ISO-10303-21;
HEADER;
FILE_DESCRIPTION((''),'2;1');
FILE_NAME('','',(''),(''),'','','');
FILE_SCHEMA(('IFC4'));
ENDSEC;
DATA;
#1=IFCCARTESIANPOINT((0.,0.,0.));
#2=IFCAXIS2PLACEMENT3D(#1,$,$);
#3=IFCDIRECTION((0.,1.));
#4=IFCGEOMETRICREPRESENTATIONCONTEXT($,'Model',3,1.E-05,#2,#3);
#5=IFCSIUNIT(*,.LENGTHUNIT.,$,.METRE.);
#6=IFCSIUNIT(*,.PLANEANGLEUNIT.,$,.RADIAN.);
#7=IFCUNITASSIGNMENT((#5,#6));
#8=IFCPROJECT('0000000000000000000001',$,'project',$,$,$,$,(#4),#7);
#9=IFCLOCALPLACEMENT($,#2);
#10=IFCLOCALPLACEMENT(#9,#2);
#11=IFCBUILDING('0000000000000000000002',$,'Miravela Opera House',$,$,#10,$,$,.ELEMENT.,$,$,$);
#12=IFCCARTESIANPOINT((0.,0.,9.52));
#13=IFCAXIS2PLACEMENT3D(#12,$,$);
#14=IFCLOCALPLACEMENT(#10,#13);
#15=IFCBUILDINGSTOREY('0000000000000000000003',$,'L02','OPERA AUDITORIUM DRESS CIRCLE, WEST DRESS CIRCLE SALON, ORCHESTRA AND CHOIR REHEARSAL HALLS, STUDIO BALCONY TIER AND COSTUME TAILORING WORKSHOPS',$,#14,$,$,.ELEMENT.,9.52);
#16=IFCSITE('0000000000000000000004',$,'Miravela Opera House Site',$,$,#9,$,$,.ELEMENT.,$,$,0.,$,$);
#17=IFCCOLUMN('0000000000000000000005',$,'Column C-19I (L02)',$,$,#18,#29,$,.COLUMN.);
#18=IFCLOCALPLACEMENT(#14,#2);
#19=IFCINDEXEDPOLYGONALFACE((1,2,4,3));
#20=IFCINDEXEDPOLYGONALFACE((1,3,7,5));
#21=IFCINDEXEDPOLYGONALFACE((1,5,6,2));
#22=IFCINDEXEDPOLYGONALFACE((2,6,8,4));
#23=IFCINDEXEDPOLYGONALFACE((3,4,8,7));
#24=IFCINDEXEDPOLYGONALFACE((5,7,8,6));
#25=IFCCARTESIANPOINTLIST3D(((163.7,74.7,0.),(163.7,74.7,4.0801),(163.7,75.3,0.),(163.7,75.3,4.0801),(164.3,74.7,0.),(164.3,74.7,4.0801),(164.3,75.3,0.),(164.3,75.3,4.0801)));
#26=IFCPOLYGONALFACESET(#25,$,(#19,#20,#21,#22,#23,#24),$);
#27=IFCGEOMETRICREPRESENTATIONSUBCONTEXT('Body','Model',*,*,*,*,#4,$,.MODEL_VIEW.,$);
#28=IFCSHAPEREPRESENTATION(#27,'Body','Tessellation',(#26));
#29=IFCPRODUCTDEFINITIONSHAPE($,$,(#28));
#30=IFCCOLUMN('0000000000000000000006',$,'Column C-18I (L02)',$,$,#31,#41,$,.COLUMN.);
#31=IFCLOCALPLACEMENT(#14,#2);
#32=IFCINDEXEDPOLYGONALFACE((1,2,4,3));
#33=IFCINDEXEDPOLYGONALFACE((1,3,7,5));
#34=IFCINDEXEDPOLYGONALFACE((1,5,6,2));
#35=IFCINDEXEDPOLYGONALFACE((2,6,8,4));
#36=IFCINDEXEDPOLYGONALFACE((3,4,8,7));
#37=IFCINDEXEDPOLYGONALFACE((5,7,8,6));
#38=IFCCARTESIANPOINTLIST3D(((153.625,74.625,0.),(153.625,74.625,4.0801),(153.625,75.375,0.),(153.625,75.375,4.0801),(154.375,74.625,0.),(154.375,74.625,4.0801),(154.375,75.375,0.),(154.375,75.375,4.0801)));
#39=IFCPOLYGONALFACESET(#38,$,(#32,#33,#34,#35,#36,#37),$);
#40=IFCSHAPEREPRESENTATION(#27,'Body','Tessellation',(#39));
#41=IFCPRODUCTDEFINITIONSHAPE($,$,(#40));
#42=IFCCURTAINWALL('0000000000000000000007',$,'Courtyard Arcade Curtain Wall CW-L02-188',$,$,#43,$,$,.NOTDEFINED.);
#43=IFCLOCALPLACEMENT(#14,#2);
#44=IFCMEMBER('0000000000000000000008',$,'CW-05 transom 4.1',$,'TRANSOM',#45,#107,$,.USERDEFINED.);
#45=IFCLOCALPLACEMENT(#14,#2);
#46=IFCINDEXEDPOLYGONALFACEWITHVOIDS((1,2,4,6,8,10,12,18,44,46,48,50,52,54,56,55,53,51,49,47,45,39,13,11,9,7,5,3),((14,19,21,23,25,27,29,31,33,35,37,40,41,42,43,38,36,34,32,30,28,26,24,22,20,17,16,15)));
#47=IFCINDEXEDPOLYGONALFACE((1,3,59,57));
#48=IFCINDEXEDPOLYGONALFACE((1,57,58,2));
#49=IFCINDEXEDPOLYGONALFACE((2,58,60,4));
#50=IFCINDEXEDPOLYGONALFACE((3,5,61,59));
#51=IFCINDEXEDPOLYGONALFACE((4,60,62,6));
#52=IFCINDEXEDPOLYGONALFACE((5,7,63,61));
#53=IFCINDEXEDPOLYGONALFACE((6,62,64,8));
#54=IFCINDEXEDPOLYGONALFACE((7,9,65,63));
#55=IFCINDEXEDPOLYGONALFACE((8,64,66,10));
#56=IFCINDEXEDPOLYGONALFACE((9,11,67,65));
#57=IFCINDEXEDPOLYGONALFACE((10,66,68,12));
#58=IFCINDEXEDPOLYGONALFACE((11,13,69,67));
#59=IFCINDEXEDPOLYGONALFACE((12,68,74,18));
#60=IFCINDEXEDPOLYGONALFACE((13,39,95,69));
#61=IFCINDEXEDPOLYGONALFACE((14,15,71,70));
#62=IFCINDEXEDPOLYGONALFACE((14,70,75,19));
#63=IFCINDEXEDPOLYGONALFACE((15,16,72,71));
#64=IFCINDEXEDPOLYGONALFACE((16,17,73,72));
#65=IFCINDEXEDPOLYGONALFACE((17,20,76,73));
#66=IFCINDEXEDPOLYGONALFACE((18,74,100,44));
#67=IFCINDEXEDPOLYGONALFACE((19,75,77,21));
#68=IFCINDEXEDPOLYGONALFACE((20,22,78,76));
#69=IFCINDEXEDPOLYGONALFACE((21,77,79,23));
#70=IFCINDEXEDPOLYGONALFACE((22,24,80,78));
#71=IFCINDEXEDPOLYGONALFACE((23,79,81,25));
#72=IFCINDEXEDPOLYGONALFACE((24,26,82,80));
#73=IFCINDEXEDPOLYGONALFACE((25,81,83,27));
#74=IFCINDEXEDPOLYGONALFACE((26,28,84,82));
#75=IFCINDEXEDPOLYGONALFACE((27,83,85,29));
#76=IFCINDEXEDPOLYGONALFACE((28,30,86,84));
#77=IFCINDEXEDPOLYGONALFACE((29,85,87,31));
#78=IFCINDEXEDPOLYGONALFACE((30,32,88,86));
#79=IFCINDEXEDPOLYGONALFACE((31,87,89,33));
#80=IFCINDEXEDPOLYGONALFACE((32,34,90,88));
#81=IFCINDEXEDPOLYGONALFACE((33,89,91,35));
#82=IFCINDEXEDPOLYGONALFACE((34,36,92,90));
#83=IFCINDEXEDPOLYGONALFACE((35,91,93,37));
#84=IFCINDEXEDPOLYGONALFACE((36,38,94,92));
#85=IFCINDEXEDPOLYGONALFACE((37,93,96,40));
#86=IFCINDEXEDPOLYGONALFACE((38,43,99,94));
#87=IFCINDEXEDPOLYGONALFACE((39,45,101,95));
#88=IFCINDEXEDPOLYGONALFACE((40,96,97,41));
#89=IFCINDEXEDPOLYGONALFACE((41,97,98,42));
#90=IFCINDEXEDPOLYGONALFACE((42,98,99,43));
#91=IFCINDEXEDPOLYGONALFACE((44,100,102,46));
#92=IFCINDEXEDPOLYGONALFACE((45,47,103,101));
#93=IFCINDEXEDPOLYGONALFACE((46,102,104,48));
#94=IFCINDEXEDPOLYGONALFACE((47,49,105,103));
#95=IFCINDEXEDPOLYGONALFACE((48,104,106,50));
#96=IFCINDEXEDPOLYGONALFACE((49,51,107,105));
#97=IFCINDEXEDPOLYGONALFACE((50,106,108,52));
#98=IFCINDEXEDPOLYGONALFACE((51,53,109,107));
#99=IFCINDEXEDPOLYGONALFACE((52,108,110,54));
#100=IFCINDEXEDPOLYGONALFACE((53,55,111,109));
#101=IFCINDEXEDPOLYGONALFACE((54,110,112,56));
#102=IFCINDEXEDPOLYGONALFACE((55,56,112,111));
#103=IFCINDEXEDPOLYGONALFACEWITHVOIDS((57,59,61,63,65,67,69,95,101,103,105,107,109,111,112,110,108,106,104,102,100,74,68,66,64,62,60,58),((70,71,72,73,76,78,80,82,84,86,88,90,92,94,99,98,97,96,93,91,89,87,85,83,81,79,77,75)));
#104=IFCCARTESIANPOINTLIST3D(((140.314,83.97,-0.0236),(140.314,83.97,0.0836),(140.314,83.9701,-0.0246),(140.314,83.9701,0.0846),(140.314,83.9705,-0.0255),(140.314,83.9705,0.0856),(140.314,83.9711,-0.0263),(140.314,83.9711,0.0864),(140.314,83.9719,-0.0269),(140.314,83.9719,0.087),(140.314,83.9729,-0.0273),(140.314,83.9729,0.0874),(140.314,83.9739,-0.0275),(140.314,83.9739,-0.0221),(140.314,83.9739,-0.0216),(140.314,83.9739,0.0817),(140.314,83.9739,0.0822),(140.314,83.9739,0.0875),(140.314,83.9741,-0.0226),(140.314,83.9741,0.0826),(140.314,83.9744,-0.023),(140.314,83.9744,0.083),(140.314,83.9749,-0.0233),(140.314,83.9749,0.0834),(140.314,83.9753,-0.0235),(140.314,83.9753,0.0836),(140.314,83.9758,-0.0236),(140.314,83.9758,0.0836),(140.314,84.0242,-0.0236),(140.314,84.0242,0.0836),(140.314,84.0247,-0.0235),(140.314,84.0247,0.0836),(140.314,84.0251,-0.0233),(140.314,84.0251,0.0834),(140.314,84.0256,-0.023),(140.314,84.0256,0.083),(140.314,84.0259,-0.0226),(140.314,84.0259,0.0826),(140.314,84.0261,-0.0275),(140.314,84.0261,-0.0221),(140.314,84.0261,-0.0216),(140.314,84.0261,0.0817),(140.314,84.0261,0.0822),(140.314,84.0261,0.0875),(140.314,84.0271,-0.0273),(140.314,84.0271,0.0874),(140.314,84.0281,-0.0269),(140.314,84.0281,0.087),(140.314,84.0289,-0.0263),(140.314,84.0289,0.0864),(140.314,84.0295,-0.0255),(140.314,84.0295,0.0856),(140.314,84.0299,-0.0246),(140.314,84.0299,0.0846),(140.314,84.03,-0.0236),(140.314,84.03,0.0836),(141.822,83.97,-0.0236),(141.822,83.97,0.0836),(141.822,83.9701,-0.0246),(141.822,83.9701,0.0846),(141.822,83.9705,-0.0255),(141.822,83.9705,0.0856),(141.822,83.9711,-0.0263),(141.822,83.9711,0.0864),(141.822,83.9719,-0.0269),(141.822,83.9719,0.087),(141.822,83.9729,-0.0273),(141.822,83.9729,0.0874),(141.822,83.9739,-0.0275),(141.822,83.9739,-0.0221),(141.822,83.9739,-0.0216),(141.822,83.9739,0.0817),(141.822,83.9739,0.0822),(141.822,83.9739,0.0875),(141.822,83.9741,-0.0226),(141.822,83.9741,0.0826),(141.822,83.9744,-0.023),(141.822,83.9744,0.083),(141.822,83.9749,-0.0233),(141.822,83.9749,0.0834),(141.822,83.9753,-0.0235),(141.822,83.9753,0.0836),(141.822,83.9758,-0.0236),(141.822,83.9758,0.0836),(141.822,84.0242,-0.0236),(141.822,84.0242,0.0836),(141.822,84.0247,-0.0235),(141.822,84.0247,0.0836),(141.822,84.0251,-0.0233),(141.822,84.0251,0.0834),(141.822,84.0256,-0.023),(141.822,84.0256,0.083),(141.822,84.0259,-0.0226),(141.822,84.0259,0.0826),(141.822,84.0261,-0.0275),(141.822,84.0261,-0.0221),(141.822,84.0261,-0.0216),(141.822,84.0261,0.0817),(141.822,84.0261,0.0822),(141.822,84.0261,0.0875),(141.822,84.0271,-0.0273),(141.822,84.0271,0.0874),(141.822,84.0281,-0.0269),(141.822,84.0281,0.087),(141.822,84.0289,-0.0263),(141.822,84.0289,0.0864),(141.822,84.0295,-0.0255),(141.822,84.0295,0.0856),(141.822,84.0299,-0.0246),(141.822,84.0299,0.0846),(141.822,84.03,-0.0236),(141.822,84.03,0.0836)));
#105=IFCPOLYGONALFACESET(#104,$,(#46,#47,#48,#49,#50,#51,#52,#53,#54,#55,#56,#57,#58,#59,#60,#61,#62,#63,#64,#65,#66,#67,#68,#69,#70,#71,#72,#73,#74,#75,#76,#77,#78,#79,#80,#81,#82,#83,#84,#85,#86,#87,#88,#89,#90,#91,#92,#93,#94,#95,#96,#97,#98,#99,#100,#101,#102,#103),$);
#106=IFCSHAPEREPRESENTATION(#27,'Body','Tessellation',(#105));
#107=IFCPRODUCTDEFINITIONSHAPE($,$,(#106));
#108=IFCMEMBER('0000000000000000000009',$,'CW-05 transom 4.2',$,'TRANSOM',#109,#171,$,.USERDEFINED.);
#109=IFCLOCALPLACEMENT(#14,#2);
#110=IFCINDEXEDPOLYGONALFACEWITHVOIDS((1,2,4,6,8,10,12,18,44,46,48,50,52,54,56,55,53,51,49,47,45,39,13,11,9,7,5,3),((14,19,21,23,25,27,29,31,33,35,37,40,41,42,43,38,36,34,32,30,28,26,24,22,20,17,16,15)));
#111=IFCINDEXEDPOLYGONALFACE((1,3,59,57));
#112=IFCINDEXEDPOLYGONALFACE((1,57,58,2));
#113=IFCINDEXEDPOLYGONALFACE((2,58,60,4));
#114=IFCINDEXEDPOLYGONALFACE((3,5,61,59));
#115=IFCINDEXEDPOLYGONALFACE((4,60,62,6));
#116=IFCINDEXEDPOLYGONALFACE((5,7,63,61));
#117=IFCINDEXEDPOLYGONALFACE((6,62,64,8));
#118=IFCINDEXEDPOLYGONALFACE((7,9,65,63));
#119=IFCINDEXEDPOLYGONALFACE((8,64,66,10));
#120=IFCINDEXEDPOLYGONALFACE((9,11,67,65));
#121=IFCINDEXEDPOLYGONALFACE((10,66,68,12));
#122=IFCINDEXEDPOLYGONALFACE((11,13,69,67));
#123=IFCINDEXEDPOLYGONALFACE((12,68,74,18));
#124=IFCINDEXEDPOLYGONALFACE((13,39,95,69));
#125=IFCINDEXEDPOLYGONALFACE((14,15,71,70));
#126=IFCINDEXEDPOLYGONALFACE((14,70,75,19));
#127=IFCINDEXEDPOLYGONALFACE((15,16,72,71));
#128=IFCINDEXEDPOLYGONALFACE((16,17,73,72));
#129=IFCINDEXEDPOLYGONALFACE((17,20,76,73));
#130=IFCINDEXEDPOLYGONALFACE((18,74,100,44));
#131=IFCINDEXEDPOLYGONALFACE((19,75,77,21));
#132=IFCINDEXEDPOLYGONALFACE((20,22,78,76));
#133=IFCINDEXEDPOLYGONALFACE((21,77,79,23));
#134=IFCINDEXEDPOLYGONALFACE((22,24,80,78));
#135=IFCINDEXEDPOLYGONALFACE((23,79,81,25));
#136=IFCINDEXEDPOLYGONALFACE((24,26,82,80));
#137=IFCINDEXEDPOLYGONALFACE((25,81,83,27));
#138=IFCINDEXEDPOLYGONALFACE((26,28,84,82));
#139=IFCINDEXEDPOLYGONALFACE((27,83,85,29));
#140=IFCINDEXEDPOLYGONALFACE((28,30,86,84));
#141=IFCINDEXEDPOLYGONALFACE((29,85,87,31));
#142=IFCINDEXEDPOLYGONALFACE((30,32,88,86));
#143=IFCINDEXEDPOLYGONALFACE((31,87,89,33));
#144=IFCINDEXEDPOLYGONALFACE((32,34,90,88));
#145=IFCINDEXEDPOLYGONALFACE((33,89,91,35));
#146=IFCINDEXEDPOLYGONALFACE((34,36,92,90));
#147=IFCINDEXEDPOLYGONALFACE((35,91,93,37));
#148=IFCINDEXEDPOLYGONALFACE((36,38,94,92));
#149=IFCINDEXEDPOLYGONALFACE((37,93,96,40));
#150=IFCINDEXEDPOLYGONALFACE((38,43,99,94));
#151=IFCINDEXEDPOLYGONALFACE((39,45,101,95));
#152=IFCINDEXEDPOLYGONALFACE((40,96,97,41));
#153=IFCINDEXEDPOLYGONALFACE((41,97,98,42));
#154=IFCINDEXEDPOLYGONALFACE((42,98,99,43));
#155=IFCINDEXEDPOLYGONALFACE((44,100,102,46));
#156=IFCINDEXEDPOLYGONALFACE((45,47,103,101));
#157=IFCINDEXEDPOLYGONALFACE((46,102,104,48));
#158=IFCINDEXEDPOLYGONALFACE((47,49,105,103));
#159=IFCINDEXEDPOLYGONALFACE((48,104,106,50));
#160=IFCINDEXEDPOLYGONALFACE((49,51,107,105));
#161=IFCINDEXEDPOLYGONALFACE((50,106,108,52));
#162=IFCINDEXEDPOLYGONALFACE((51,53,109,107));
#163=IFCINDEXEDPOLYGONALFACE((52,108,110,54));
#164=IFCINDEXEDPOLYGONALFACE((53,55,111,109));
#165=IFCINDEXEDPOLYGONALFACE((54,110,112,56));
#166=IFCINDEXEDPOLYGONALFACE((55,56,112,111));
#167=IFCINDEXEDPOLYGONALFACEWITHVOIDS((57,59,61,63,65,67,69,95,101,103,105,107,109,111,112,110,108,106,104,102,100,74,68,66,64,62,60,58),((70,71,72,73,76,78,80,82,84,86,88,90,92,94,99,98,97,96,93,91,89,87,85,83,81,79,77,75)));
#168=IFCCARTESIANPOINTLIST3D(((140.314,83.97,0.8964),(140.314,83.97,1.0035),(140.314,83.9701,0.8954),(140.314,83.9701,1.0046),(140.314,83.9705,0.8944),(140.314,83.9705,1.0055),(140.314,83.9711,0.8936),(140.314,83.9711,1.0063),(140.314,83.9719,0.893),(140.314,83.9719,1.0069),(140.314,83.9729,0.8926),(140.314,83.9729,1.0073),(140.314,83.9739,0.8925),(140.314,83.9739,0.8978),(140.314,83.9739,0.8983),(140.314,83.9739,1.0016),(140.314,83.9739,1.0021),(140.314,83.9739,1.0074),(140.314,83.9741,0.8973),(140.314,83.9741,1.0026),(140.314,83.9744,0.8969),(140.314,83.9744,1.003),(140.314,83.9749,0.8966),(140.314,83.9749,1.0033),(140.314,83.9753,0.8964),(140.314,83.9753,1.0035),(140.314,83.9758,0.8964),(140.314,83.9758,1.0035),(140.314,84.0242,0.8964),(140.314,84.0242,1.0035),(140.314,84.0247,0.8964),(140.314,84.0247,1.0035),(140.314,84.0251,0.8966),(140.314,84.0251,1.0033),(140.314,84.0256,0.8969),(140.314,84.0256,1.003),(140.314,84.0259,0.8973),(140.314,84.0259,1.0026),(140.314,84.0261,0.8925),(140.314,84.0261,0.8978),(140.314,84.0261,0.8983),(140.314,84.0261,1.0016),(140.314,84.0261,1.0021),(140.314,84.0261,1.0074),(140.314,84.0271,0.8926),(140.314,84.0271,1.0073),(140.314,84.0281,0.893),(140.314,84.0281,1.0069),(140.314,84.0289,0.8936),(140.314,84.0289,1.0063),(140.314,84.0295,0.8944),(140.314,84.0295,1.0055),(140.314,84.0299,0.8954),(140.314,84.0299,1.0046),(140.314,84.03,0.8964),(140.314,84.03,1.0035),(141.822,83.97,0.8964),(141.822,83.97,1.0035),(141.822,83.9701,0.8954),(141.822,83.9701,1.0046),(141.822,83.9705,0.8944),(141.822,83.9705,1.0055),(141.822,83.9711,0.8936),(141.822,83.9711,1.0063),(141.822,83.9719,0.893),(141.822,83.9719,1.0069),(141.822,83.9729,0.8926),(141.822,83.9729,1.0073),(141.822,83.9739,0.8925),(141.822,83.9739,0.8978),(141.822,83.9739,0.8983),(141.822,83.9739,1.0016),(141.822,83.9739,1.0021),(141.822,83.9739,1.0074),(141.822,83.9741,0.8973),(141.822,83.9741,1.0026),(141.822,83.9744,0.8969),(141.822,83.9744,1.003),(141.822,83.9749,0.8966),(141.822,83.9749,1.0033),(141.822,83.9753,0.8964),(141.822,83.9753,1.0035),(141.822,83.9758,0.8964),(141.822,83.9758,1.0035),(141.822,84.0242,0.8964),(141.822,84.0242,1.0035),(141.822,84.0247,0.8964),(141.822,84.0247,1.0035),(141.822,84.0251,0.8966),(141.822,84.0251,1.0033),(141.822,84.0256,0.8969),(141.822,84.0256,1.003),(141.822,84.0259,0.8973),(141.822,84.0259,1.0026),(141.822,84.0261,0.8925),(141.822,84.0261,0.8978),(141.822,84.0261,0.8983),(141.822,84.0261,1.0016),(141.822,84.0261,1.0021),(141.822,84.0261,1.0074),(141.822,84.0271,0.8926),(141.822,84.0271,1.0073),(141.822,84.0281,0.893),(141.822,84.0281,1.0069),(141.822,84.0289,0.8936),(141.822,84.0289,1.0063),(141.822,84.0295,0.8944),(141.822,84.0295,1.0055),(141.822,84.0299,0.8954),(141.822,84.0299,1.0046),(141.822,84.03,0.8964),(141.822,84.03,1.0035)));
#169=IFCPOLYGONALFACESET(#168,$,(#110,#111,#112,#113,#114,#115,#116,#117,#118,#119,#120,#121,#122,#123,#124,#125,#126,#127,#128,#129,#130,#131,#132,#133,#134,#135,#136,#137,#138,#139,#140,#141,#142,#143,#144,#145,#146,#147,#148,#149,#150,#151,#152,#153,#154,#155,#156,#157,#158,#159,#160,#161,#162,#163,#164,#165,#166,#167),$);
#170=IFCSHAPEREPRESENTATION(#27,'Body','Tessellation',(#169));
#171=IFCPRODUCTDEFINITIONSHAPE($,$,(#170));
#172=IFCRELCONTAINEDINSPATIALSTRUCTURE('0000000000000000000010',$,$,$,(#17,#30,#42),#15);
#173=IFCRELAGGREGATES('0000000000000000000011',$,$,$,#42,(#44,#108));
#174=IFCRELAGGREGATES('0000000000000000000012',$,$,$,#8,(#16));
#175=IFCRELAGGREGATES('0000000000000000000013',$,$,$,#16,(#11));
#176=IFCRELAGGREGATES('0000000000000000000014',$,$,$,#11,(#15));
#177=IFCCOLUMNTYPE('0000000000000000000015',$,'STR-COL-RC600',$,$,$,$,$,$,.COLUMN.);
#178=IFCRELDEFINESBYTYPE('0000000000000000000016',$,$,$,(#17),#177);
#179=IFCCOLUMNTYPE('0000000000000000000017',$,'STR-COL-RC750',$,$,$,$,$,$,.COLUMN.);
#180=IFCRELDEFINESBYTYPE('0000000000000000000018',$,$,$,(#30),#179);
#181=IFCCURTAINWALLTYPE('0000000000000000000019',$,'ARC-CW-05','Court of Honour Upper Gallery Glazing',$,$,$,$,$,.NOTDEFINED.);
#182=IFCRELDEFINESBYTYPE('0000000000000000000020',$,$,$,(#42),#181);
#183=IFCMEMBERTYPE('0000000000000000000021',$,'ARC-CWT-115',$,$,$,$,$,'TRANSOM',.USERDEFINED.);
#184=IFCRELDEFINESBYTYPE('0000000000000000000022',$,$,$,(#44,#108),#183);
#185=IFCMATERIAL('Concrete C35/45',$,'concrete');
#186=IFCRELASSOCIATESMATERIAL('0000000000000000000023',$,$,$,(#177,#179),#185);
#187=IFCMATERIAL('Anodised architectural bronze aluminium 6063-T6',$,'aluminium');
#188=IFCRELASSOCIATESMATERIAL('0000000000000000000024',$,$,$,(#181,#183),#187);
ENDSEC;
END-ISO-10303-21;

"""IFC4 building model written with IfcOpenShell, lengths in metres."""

from ifc_helpers import new_model, si_unit, direction, frame, origin, origin_2d, place, context, subcontext, project, spatial, rectangle, hollow_rectangle, extrude, material, material_profile, profile_set, type_object, element, aggregate, save


model = new_model("IFC4")

# Units and contexts
model_context = context("Model", 3, precision=1e-05, world=origin(), true_north=direction((0.0, 1.0)))
body_context = subcontext(model_context, "Body", "Model", "MODEL_VIEW")
ifc_project = project(units=[si_unit("LENGTHUNIT", "METRE"), si_unit("PLANEANGLEUNIT", "RADIAN")], contexts=[model_context])

# Site, building, storey
site_placement = place(None, origin())
site = spatial("IfcSite", under=ifc_project, at=site_placement, Name="Miravela Opera House Site", CompositionType="ELEMENT", RefElevation=0.0)
building_placement = place(site_placement, origin())
building = spatial("IfcBuilding", under=site, at=building_placement, Name="Miravela Opera House", CompositionType="ELEMENT")
storey_placement = place(building_placement, frame((0.0, 0.0, 9.52)))
storey = spatial("IfcBuildingStorey", under=building, at=storey_placement, Name="L02", Description="OPERA AUDITORIUM DRESS CIRCLE, WEST DRESS CIRCLE SALON, ORCHESTRA AND CHOIR REHEARSAL HALLS, STUDIO BALCONY TIER AND COSTUME TAILORING WORKSHOPS", CompositionType="ELEMENT", Elevation=9.52)

# Columns
ifc_material_1 = material(Name="Concrete C35/45", Category="concrete")
ifc_material_profile_1 = material_profile(ifc_material_1, rectangle(XDim=0.6001, YDim=0.6001, at=origin_2d()), Name="RC-COL-600X600")
ifc_profile_set_1 = profile_set([ifc_material_profile_1])
column_type_1 = type_object("IfcColumnType", Name="STR-COL-RC600", PredefinedType="COLUMN", material=ifc_profile_set_1)
column_1_placement = place(storey_placement, frame((164.0, 75.0, 0.0), z_axis=(0.0, 0.0, 1.0), x_axis=(1.0, 0.0, 0.0)))
element("IfcColumn", 1, at=column_1_placement, inside=storey, type_object=column_type_1, Name="Column C-19I (L02)", PredefinedType="COLUMN", context=body_context, shape_type="SweptSolid", body=[
    extrude(rectangle(XDim=0.6001, YDim=0.6001, at=origin_2d()), origin(), (0.0, 0.0, 1.0), 4.0801),
])
ifc_material_profile_2 = material_profile(ifc_material_1, rectangle(XDim=0.75, YDim=0.75, at=origin_2d()), Name="RC-COL-750X750")
ifc_profile_set_2 = profile_set([ifc_material_profile_2])
column_type_2 = type_object("IfcColumnType", Name="STR-COL-RC750", PredefinedType="COLUMN", material=ifc_profile_set_2)
column_2_placement = place(storey_placement, frame((154.0, 75.0, 0.0), z_axis=(0.0, 0.0, 1.0), x_axis=(1.0, 0.0, 0.0)))
element("IfcColumn", 2, at=column_2_placement, inside=storey, type_object=column_type_2, Name="Column C-18I (L02)", PredefinedType="COLUMN", context=body_context, shape_type="SweptSolid", body=[
    extrude(rectangle(XDim=0.75, YDim=0.75, at=origin_2d()), origin(), (0.0, 0.0, 1.0), 4.0801),
])

# Curtain wall, members
ifc_material_2 = material(Name="Anodised architectural bronze aluminium 6063-T6", Category="aluminium")
curtain_wall_type = type_object("IfcCurtainWallType", Name="ARC-CW-05", Description="Court of Honour Upper Gallery Glazing", PredefinedType="NOTDEFINED", material=ifc_material_2)
curtain_wall_placement = place(storey_placement, origin())
curtain_wall = element("IfcCurtainWall", 3, at=curtain_wall_placement, inside=storey, type_object=curtain_wall_type, Name="Courtyard Arcade Curtain Wall CW-L02-188", PredefinedType="NOTDEFINED")
ifc_material_profile_3 = material_profile(ifc_material_2, hollow_rectangle(XDim=0.0601, YDim=0.115, WallThickness=0.0039, InnerFilletRadius=0.002, OuterFilletRadius=0.0039, at=origin_2d()), Name="CWT-60X115")
ifc_profile_set_3 = profile_set([ifc_material_profile_3])
member_type_1 = type_object("IfcMemberType", Name="ARC-CWT-115", ElementType="TRANSOM", PredefinedType="USERDEFINED", material=ifc_profile_set_3)
member_1_placement = place(storey_placement, frame((140.314, 84.0, 0.03), z_axis=(1.0, 0.0, 0.0), x_axis=(0.0, 1.0, 0.0)))
member_1 = element("IfcMember", 4, at=member_1_placement, type_object=member_type_1, Name="CW-05 transom 4.1", ObjectType="TRANSOM", PredefinedType="USERDEFINED", context=body_context, shape_type="SweptSolid", body=[
    extrude(hollow_rectangle(XDim=0.0601, YDim=0.115, WallThickness=0.0039, InnerFilletRadius=0.002, OuterFilletRadius=0.0039, at=origin_2d()), origin(), (0.0, 0.0, 1.0), 1.5081),
])
member_2_placement = place(storey_placement, frame((140.314, 84.0, 0.95), z_axis=(1.0, 0.0, 0.0), x_axis=(0.0, 1.0, 0.0)))
member_2 = element("IfcMember", 5, at=member_2_placement, type_object=member_type_1, Name="CW-05 transom 4.2", ObjectType="TRANSOM", PredefinedType="USERDEFINED", context=body_context, shape_type="SweptSolid", body=[
    extrude(hollow_rectangle(XDim=0.0601, YDim=0.115, WallThickness=0.0039, InnerFilletRadius=0.002, OuterFilletRadius=0.0039, at=origin_2d()), origin(), (0.0, 0.0, 1.0), 1.5081),
])

aggregate(curtain_wall, [member_1, member_2])

save(model, "model.ifc")
